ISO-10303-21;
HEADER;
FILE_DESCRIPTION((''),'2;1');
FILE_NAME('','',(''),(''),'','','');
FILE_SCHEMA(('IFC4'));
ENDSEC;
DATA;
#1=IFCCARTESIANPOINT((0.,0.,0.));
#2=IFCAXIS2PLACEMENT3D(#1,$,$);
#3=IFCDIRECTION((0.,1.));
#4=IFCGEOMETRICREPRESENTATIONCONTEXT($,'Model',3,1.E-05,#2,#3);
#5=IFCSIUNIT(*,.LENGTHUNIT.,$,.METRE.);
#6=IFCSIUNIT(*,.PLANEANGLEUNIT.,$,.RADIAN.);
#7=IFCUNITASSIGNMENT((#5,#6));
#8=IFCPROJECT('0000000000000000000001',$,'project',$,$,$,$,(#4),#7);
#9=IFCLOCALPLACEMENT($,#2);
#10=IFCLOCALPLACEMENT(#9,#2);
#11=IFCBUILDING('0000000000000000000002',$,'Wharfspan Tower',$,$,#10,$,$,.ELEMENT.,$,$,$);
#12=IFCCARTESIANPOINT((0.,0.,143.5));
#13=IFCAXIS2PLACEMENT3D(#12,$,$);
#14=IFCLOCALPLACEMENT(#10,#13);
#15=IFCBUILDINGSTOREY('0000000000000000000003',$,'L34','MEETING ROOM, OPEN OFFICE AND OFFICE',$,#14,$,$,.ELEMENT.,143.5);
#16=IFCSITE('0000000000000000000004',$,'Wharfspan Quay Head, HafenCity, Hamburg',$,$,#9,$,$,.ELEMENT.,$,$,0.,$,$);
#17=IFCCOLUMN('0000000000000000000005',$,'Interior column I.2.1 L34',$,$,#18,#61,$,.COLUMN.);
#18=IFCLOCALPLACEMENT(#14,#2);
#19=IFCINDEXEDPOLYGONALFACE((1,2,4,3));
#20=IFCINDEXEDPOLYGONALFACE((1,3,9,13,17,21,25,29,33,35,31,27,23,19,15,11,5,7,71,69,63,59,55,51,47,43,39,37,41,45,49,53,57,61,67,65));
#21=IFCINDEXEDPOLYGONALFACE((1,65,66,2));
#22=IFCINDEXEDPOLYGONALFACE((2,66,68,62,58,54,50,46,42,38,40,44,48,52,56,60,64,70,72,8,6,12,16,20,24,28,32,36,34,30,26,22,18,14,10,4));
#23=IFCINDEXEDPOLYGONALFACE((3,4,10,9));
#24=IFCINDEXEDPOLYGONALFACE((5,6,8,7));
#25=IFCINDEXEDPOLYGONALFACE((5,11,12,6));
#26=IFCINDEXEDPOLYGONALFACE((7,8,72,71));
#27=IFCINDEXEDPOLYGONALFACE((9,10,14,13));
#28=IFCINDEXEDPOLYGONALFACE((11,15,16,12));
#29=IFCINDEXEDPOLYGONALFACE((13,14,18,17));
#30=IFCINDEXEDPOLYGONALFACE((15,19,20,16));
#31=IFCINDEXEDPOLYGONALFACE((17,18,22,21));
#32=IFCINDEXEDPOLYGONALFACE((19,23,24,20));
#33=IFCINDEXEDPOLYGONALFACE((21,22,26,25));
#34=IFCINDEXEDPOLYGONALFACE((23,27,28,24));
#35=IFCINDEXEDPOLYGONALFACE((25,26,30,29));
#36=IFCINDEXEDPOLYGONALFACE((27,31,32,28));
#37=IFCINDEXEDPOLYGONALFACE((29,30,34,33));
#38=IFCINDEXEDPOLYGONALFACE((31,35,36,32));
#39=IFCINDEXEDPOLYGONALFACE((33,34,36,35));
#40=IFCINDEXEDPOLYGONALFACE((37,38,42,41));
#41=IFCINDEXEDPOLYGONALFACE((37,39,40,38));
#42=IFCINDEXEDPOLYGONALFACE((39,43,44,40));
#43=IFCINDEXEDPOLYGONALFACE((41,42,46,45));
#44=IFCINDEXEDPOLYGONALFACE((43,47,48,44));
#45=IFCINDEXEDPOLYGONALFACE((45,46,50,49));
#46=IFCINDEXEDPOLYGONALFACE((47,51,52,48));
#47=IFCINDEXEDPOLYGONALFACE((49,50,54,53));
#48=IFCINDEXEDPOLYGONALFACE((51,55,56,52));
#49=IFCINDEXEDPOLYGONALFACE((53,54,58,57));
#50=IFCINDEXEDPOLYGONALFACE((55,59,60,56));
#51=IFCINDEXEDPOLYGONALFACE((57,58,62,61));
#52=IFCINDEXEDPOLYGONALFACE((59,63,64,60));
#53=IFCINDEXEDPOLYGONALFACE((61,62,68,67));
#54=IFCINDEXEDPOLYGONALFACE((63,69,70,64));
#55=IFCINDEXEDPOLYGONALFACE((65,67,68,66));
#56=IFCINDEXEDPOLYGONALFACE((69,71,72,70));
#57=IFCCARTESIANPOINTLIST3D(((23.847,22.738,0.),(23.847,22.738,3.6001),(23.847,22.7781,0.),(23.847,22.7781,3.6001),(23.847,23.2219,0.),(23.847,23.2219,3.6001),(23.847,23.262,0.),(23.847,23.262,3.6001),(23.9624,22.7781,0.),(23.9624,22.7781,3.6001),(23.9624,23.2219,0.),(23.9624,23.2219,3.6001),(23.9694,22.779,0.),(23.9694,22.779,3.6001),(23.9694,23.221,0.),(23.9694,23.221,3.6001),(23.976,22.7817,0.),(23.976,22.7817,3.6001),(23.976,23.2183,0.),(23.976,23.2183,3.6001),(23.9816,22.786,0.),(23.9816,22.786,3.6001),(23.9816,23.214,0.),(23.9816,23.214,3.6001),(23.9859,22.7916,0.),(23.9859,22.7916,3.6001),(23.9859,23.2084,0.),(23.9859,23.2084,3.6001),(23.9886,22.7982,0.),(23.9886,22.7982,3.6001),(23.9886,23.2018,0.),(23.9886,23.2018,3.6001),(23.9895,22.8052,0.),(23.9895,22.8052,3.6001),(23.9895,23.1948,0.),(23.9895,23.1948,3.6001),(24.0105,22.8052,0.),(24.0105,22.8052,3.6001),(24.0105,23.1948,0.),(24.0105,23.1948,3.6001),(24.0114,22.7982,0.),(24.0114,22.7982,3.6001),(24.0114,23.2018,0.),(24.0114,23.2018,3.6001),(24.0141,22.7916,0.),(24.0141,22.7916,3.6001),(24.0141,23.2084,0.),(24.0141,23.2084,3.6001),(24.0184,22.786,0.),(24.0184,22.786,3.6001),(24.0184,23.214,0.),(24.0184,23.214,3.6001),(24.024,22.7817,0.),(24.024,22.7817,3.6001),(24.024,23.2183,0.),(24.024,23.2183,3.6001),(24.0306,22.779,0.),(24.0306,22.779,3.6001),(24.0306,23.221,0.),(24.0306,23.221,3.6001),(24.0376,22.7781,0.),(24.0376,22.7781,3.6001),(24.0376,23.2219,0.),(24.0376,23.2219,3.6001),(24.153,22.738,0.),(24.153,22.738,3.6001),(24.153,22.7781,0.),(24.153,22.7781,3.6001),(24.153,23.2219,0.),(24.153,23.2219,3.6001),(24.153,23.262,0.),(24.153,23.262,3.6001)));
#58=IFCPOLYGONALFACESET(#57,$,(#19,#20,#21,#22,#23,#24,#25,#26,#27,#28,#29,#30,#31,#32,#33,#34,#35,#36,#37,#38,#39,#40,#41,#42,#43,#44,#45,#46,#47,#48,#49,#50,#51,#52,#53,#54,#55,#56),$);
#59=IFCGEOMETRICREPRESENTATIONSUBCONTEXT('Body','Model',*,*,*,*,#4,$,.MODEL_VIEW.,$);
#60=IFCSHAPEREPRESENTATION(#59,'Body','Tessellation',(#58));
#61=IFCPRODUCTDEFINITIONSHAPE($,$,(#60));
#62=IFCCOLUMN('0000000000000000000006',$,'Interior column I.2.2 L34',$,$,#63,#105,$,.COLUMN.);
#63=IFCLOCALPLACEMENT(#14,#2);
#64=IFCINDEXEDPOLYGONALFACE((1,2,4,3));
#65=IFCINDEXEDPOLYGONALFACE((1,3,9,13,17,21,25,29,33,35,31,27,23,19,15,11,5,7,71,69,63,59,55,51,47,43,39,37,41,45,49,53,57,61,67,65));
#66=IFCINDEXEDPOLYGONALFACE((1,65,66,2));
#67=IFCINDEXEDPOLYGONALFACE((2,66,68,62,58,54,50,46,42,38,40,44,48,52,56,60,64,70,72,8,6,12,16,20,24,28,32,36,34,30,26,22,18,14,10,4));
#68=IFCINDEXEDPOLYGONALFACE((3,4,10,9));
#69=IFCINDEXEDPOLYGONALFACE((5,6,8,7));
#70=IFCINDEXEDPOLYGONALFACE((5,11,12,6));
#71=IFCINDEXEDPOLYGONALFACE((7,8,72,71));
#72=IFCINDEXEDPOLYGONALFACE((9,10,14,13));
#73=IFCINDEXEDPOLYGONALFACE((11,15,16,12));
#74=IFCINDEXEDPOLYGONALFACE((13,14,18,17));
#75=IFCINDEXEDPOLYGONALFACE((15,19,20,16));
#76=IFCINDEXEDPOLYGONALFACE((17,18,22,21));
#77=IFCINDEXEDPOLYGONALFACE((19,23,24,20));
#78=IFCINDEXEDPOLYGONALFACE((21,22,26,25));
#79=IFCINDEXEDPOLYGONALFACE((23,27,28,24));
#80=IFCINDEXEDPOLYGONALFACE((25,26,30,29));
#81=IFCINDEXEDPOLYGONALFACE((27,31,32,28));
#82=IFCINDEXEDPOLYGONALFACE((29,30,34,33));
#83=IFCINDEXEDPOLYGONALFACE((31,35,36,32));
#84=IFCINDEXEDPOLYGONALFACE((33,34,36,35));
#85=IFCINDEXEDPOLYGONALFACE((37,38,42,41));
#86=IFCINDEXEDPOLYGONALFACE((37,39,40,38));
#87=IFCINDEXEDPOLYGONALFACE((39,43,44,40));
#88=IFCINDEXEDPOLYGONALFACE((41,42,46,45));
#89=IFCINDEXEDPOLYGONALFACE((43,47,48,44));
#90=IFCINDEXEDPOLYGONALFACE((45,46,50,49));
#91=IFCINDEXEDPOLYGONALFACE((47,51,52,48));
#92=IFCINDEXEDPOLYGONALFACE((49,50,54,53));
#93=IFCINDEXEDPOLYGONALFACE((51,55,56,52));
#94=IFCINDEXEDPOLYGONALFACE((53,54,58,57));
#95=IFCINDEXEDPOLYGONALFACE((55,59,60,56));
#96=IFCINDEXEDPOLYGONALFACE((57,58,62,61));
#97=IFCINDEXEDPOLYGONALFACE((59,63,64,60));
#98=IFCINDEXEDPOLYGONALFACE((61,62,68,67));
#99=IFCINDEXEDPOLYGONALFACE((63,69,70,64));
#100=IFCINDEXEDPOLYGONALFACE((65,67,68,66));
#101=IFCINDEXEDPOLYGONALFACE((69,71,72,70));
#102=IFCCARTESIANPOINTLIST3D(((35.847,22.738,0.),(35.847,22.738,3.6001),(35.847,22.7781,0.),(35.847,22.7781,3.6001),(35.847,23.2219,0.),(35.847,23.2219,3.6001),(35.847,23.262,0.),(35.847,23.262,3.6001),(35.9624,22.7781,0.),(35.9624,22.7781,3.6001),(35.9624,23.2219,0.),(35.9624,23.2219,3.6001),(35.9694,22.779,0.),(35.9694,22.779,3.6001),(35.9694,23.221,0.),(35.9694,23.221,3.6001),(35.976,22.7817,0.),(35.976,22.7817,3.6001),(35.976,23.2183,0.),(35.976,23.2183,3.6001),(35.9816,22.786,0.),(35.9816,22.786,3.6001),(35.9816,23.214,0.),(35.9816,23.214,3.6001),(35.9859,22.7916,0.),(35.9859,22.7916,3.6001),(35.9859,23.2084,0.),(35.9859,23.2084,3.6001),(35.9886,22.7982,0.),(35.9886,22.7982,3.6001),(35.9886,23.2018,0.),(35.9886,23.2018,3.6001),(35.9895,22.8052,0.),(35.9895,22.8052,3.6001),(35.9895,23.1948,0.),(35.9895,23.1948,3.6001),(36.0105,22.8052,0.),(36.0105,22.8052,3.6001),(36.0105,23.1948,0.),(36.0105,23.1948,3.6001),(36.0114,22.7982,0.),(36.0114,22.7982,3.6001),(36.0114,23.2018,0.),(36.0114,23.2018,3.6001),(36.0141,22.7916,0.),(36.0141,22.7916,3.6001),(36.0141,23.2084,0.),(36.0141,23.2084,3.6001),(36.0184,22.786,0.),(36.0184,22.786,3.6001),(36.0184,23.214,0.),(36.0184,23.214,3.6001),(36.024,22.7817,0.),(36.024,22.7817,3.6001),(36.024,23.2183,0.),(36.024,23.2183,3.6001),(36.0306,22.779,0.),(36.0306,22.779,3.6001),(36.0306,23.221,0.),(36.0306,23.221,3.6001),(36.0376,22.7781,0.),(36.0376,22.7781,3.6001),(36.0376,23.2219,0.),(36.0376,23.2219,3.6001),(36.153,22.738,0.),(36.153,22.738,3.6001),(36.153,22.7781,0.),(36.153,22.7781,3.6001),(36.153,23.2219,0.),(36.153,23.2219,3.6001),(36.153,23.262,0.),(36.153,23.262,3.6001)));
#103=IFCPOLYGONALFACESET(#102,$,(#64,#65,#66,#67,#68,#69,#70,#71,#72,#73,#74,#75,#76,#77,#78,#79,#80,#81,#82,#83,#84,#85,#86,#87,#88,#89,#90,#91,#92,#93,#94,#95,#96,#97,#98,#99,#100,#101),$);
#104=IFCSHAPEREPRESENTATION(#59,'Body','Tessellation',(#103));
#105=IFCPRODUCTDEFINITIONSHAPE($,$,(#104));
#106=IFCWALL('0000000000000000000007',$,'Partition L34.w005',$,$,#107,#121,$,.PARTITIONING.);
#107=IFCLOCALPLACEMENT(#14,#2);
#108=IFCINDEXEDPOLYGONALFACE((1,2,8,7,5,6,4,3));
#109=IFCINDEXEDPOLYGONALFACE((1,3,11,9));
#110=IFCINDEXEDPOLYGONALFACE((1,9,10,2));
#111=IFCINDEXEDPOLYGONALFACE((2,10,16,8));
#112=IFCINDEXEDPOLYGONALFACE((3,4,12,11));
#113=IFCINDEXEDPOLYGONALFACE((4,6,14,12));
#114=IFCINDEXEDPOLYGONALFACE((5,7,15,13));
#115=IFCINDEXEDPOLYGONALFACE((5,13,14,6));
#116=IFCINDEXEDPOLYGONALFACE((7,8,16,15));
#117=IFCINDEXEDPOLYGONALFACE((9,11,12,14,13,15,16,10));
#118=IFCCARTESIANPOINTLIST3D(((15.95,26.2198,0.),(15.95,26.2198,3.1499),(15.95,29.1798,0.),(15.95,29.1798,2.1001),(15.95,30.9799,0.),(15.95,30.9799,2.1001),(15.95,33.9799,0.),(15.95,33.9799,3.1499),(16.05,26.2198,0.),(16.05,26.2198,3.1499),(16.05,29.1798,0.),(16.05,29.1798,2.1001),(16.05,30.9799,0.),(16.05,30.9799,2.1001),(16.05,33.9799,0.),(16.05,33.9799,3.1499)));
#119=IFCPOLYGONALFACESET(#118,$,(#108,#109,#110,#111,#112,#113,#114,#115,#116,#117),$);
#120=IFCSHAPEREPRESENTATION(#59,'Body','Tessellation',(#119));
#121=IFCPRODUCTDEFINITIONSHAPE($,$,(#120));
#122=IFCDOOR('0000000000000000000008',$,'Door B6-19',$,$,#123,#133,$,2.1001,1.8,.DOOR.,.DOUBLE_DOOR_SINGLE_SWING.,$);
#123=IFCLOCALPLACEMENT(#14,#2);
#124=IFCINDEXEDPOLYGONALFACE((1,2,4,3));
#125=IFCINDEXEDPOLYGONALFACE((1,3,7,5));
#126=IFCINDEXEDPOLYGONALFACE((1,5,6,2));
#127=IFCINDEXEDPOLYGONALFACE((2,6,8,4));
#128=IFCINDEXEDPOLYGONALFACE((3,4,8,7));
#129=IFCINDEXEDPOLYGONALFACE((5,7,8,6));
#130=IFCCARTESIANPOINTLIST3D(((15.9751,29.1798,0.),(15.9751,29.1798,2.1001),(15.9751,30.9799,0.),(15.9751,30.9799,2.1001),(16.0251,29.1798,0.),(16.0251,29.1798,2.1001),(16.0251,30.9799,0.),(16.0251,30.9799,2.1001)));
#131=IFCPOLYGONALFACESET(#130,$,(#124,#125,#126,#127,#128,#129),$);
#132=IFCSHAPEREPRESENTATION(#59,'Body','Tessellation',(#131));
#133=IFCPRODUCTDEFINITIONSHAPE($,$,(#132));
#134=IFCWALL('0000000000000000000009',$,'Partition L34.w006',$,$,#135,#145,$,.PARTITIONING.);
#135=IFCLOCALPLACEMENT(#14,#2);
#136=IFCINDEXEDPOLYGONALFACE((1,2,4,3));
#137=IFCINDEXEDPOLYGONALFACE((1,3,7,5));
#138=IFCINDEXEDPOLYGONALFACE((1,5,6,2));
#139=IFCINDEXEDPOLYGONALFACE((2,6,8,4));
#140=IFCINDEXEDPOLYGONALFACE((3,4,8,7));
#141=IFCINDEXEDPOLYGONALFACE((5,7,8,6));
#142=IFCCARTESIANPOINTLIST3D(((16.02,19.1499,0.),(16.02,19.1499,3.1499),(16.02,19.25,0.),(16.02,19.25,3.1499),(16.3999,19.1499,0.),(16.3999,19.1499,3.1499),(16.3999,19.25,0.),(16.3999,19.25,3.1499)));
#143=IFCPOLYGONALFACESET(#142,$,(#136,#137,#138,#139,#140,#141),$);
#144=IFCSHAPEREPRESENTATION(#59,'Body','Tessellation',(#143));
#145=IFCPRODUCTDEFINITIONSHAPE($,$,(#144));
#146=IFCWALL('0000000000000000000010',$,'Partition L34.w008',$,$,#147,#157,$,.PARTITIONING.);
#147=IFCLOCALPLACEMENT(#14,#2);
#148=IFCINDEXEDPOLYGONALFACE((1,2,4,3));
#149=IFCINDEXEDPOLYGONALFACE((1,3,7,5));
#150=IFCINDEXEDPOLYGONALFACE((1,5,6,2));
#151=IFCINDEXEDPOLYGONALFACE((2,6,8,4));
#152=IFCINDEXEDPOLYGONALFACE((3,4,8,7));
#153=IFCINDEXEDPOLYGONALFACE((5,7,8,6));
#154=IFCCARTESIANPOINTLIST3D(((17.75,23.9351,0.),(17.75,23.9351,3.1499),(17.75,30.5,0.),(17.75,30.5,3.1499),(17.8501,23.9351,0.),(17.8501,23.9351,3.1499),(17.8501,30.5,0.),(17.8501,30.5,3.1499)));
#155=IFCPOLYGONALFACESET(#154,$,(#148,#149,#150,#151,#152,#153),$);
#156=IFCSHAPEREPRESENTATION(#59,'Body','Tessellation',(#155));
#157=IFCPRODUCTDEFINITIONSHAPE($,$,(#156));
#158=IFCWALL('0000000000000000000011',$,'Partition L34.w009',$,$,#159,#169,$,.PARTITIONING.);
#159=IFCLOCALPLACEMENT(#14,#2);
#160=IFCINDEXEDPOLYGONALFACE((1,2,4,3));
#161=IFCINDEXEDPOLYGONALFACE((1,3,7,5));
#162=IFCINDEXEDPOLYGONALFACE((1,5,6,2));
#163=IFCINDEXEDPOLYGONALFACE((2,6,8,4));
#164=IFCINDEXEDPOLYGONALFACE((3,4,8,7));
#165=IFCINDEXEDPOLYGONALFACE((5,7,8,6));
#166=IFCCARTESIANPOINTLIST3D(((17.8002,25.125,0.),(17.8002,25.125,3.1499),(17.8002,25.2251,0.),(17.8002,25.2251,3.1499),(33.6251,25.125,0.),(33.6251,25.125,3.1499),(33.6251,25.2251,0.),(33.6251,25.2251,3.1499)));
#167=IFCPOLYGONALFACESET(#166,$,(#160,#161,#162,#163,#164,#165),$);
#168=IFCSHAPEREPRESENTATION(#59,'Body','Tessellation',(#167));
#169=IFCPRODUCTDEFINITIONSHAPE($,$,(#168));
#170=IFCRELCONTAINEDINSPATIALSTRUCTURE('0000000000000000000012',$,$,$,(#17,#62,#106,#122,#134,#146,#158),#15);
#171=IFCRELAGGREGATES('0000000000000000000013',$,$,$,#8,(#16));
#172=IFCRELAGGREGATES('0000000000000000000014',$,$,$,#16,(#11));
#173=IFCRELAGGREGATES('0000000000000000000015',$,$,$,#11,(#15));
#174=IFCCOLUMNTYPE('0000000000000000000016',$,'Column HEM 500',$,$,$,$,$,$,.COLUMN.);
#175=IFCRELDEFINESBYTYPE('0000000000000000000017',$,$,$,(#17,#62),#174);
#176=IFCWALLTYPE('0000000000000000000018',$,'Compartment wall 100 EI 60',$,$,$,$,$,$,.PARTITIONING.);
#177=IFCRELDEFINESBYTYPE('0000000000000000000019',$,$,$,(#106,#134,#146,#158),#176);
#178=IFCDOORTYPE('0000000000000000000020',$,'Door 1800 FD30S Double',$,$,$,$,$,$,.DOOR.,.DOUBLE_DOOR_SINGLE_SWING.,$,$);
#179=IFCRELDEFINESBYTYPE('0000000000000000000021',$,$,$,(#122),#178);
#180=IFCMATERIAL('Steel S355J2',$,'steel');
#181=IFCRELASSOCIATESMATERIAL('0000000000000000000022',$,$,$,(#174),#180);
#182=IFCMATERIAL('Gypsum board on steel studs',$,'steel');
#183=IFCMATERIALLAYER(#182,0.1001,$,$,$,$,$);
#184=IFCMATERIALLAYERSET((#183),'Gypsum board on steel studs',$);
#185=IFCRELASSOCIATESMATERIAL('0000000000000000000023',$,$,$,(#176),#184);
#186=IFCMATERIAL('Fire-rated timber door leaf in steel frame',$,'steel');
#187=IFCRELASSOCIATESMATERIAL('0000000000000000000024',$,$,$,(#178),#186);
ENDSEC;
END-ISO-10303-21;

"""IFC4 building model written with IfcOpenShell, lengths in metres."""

from ifc_helpers import new_model, si_unit, direction, frame, frame_2d, origin, origin_2d, place, context, subcontext, project, spatial, rectangle, i_section, extrude, material, layer, layer_set, material_profile, profile_set, type_object, element, fill, save


model = new_model("IFC4")

# Units and contexts
model_context = context("Model", 3, precision=1e-05, world=origin(), true_north=direction((0.0, 1.0)))
body_context = subcontext(model_context, "Body", "Model", "MODEL_VIEW")
ifc_project = project(units=[si_unit("LENGTHUNIT", "METRE"), si_unit("PLANEANGLEUNIT", "RADIAN")], contexts=[model_context])

# Site, building, storey
site_placement = place(None, origin())
site = spatial("IfcSite", under=ifc_project, at=site_placement, Name="Wharfspan Quay Head, HafenCity, Hamburg", CompositionType="ELEMENT", RefElevation=0.0)
building_placement = place(site_placement, origin())
building = spatial("IfcBuilding", under=site, at=building_placement, Name="Wharfspan Tower", CompositionType="ELEMENT")
storey_placement = place(building_placement, frame((0.0, 0.0, 143.5)))
storey = spatial("IfcBuildingStorey", under=building, at=storey_placement, Name="L34", Description="MEETING ROOM, OPEN OFFICE AND OFFICE", CompositionType="ELEMENT", Elevation=143.5)

# Columns
ifc_material_1 = material(Name="Steel S355J2", Category="steel")
ifc_material_profile = material_profile(ifc_material_1, i_section(OverallWidth=0.3059, OverallDepth=0.5239, WebThickness=0.021, FlangeThickness=0.04, FilletRadius=0.0271, at=origin_2d()))
ifc_profile_set = profile_set([ifc_material_profile], Name="Steel S355J2")
column_type = type_object("IfcColumnType", Name="Column HEM 500", PredefinedType="COLUMN", material=ifc_profile_set)
for number, where, z_axis, x_axis, name in (
    (1, (24.0, 23.0, 0.0), (0.0, 0.0, 1.0), (1.0, 0.0, 0.0), "Interior column I.2.1 L34"),
    (2, (36.0, 23.0, 0.0), (0.0, 0.0, 1.0), (1.0, 0.0, 0.0), "Interior column I.2.2 L34"),
):
    element("IfcColumn", number, at=place(storey_placement, frame(where, z_axis=z_axis, x_axis=x_axis)), inside=storey, type_object=column_type, Name=name, PredefinedType="COLUMN", context=body_context, shape_type="SweptSolid", body=[
        extrude(i_section(OverallWidth=0.3059, OverallDepth=0.5239, WebThickness=0.021, FlangeThickness=0.04, FilletRadius=0.0271, at=origin_2d()), origin(), (0.0, 0.0, 1.0), 3.6001),
    ])

# Wall, opening, door
ifc_material_2 = material(Name="Gypsum board on steel studs", Category="steel")
ifc_layer_1 = layer(ifc_material_2, 0.1001)
ifc_layer_set_1 = layer_set([ifc_layer_1], Name="Gypsum board on steel studs")
wall_type_1 = type_object("IfcWallType", Name="Compartment wall 100 EI 60", PredefinedType="PARTITIONING", material=ifc_layer_set_1)
wall_1_placement = place(storey_placement, frame((16.0, 26.22, 0.0), z_axis=(0.0, 0.0, 1.0), x_axis=(0.0, 1.0, 0.0)))
wall_1 = element("IfcWall", 3, at=wall_1_placement, inside=storey, type_object=wall_type_1, Name="Partition L34.w005", PredefinedType="PARTITIONING", context=body_context, shape_type="SweptSolid", body=[
    extrude(rectangle(XDim=7.76, YDim=0.1001, at=frame_2d((3.8799, 0.0))), origin(), (0.0, 0.0, 1.0), 3.1499),
])
opening_1_placement = place(wall_1_placement, frame((2.96, 0.0, 0.0)))
opening_1 = element("IfcOpeningElement", 4, at=opening_1_placement, cuts=wall_1, PredefinedType="OPENING", context=body_context, shape_type="SweptSolid", body=[
    extrude(rectangle(XDim=1.8, YDim=2.1001, at=frame_2d((0.8999, 1.05))), frame((0.0, 0.0601, 0.0), z_axis=(0.0, -1.0, 0.0), x_axis=(1.0, 0.0, 0.0)), (0.0, 0.0, 1.0), 0.1201),
])
ifc_material_3 = material(Name="Fire-rated timber door leaf in steel frame", Category="steel")
door_type_1 = type_object("IfcDoorType", Name="Door 1800 FD30S Double", OperationType="DOUBLE_DOOR_SINGLE_SWING", PredefinedType="DOOR", material=ifc_material_3)
door_1_placement = place(opening_1_placement, origin())
door_1 = element("IfcDoor", 5, at=door_1_placement, inside=storey, type_object=door_type_1, Name="Door B6-19", OperationType="DOUBLE_DOOR_SINGLE_SWING", OverallHeight=2.1001, OverallWidth=1.8, PredefinedType="DOOR", context=body_context, shape_type="SweptSolid", body=[
    extrude(rectangle(XDim=1.8, YDim=2.1001, at=frame_2d((0.8999, 1.05))), frame((0.0, 0.0249, 0.0), z_axis=(0.0, -1.0, 0.0), x_axis=(1.0, 0.0, 0.0)), (0.0, 0.0, 1.0), 0.05),
])
fill(opening_1, door_1)

# Walls
wall_2_placement = place(storey_placement, frame((16.02, 19.2, 0.0), z_axis=(0.0, 0.0, 1.0), x_axis=(1.0, 0.0, 0.0)))
element("IfcWall", 6, at=wall_2_placement, inside=storey, type_object=wall_type_1, Name="Partition L34.w006", PredefinedType="PARTITIONING", context=body_context, shape_type="SweptSolid", body=[
    extrude(rectangle(XDim=0.3799, YDim=0.1001, at=frame_2d((0.1899, 0.0))), origin(), (0.0, 0.0, 1.0), 3.1499),
])
wall_3_placement = place(storey_placement, frame((17.8, 23.9351, 0.0), z_axis=(0.0, 0.0, 1.0), x_axis=(0.0, 1.0, 0.0)))
element("IfcWall", 7, at=wall_3_placement, inside=storey, type_object=wall_type_1, Name="Partition L34.w008", PredefinedType="PARTITIONING", context=body_context, shape_type="SweptSolid", body=[
    extrude(rectangle(XDim=6.5649, YDim=0.1001, at=frame_2d((3.2825, 0.0))), origin(), (0.0, 0.0, 1.0), 3.1499),
])
wall_4_placement = place(storey_placement, frame((17.8, 25.175, 0.0), z_axis=(0.0, 0.0, 1.0), x_axis=(1.0, 0.0, 0.0)))
element("IfcWall", 8, at=wall_4_placement, inside=storey, type_object=wall_type_1, Name="Partition L34.w009", PredefinedType="PARTITIONING", context=body_context, shape_type="SweptSolid", body=[
    extrude(rectangle(XDim=15.825, YDim=0.1001, at=frame_2d((7.9126, 0.0))), origin(), (0.0, 0.0, 1.0), 3.1499),
])

save(model, "model.ifc")
